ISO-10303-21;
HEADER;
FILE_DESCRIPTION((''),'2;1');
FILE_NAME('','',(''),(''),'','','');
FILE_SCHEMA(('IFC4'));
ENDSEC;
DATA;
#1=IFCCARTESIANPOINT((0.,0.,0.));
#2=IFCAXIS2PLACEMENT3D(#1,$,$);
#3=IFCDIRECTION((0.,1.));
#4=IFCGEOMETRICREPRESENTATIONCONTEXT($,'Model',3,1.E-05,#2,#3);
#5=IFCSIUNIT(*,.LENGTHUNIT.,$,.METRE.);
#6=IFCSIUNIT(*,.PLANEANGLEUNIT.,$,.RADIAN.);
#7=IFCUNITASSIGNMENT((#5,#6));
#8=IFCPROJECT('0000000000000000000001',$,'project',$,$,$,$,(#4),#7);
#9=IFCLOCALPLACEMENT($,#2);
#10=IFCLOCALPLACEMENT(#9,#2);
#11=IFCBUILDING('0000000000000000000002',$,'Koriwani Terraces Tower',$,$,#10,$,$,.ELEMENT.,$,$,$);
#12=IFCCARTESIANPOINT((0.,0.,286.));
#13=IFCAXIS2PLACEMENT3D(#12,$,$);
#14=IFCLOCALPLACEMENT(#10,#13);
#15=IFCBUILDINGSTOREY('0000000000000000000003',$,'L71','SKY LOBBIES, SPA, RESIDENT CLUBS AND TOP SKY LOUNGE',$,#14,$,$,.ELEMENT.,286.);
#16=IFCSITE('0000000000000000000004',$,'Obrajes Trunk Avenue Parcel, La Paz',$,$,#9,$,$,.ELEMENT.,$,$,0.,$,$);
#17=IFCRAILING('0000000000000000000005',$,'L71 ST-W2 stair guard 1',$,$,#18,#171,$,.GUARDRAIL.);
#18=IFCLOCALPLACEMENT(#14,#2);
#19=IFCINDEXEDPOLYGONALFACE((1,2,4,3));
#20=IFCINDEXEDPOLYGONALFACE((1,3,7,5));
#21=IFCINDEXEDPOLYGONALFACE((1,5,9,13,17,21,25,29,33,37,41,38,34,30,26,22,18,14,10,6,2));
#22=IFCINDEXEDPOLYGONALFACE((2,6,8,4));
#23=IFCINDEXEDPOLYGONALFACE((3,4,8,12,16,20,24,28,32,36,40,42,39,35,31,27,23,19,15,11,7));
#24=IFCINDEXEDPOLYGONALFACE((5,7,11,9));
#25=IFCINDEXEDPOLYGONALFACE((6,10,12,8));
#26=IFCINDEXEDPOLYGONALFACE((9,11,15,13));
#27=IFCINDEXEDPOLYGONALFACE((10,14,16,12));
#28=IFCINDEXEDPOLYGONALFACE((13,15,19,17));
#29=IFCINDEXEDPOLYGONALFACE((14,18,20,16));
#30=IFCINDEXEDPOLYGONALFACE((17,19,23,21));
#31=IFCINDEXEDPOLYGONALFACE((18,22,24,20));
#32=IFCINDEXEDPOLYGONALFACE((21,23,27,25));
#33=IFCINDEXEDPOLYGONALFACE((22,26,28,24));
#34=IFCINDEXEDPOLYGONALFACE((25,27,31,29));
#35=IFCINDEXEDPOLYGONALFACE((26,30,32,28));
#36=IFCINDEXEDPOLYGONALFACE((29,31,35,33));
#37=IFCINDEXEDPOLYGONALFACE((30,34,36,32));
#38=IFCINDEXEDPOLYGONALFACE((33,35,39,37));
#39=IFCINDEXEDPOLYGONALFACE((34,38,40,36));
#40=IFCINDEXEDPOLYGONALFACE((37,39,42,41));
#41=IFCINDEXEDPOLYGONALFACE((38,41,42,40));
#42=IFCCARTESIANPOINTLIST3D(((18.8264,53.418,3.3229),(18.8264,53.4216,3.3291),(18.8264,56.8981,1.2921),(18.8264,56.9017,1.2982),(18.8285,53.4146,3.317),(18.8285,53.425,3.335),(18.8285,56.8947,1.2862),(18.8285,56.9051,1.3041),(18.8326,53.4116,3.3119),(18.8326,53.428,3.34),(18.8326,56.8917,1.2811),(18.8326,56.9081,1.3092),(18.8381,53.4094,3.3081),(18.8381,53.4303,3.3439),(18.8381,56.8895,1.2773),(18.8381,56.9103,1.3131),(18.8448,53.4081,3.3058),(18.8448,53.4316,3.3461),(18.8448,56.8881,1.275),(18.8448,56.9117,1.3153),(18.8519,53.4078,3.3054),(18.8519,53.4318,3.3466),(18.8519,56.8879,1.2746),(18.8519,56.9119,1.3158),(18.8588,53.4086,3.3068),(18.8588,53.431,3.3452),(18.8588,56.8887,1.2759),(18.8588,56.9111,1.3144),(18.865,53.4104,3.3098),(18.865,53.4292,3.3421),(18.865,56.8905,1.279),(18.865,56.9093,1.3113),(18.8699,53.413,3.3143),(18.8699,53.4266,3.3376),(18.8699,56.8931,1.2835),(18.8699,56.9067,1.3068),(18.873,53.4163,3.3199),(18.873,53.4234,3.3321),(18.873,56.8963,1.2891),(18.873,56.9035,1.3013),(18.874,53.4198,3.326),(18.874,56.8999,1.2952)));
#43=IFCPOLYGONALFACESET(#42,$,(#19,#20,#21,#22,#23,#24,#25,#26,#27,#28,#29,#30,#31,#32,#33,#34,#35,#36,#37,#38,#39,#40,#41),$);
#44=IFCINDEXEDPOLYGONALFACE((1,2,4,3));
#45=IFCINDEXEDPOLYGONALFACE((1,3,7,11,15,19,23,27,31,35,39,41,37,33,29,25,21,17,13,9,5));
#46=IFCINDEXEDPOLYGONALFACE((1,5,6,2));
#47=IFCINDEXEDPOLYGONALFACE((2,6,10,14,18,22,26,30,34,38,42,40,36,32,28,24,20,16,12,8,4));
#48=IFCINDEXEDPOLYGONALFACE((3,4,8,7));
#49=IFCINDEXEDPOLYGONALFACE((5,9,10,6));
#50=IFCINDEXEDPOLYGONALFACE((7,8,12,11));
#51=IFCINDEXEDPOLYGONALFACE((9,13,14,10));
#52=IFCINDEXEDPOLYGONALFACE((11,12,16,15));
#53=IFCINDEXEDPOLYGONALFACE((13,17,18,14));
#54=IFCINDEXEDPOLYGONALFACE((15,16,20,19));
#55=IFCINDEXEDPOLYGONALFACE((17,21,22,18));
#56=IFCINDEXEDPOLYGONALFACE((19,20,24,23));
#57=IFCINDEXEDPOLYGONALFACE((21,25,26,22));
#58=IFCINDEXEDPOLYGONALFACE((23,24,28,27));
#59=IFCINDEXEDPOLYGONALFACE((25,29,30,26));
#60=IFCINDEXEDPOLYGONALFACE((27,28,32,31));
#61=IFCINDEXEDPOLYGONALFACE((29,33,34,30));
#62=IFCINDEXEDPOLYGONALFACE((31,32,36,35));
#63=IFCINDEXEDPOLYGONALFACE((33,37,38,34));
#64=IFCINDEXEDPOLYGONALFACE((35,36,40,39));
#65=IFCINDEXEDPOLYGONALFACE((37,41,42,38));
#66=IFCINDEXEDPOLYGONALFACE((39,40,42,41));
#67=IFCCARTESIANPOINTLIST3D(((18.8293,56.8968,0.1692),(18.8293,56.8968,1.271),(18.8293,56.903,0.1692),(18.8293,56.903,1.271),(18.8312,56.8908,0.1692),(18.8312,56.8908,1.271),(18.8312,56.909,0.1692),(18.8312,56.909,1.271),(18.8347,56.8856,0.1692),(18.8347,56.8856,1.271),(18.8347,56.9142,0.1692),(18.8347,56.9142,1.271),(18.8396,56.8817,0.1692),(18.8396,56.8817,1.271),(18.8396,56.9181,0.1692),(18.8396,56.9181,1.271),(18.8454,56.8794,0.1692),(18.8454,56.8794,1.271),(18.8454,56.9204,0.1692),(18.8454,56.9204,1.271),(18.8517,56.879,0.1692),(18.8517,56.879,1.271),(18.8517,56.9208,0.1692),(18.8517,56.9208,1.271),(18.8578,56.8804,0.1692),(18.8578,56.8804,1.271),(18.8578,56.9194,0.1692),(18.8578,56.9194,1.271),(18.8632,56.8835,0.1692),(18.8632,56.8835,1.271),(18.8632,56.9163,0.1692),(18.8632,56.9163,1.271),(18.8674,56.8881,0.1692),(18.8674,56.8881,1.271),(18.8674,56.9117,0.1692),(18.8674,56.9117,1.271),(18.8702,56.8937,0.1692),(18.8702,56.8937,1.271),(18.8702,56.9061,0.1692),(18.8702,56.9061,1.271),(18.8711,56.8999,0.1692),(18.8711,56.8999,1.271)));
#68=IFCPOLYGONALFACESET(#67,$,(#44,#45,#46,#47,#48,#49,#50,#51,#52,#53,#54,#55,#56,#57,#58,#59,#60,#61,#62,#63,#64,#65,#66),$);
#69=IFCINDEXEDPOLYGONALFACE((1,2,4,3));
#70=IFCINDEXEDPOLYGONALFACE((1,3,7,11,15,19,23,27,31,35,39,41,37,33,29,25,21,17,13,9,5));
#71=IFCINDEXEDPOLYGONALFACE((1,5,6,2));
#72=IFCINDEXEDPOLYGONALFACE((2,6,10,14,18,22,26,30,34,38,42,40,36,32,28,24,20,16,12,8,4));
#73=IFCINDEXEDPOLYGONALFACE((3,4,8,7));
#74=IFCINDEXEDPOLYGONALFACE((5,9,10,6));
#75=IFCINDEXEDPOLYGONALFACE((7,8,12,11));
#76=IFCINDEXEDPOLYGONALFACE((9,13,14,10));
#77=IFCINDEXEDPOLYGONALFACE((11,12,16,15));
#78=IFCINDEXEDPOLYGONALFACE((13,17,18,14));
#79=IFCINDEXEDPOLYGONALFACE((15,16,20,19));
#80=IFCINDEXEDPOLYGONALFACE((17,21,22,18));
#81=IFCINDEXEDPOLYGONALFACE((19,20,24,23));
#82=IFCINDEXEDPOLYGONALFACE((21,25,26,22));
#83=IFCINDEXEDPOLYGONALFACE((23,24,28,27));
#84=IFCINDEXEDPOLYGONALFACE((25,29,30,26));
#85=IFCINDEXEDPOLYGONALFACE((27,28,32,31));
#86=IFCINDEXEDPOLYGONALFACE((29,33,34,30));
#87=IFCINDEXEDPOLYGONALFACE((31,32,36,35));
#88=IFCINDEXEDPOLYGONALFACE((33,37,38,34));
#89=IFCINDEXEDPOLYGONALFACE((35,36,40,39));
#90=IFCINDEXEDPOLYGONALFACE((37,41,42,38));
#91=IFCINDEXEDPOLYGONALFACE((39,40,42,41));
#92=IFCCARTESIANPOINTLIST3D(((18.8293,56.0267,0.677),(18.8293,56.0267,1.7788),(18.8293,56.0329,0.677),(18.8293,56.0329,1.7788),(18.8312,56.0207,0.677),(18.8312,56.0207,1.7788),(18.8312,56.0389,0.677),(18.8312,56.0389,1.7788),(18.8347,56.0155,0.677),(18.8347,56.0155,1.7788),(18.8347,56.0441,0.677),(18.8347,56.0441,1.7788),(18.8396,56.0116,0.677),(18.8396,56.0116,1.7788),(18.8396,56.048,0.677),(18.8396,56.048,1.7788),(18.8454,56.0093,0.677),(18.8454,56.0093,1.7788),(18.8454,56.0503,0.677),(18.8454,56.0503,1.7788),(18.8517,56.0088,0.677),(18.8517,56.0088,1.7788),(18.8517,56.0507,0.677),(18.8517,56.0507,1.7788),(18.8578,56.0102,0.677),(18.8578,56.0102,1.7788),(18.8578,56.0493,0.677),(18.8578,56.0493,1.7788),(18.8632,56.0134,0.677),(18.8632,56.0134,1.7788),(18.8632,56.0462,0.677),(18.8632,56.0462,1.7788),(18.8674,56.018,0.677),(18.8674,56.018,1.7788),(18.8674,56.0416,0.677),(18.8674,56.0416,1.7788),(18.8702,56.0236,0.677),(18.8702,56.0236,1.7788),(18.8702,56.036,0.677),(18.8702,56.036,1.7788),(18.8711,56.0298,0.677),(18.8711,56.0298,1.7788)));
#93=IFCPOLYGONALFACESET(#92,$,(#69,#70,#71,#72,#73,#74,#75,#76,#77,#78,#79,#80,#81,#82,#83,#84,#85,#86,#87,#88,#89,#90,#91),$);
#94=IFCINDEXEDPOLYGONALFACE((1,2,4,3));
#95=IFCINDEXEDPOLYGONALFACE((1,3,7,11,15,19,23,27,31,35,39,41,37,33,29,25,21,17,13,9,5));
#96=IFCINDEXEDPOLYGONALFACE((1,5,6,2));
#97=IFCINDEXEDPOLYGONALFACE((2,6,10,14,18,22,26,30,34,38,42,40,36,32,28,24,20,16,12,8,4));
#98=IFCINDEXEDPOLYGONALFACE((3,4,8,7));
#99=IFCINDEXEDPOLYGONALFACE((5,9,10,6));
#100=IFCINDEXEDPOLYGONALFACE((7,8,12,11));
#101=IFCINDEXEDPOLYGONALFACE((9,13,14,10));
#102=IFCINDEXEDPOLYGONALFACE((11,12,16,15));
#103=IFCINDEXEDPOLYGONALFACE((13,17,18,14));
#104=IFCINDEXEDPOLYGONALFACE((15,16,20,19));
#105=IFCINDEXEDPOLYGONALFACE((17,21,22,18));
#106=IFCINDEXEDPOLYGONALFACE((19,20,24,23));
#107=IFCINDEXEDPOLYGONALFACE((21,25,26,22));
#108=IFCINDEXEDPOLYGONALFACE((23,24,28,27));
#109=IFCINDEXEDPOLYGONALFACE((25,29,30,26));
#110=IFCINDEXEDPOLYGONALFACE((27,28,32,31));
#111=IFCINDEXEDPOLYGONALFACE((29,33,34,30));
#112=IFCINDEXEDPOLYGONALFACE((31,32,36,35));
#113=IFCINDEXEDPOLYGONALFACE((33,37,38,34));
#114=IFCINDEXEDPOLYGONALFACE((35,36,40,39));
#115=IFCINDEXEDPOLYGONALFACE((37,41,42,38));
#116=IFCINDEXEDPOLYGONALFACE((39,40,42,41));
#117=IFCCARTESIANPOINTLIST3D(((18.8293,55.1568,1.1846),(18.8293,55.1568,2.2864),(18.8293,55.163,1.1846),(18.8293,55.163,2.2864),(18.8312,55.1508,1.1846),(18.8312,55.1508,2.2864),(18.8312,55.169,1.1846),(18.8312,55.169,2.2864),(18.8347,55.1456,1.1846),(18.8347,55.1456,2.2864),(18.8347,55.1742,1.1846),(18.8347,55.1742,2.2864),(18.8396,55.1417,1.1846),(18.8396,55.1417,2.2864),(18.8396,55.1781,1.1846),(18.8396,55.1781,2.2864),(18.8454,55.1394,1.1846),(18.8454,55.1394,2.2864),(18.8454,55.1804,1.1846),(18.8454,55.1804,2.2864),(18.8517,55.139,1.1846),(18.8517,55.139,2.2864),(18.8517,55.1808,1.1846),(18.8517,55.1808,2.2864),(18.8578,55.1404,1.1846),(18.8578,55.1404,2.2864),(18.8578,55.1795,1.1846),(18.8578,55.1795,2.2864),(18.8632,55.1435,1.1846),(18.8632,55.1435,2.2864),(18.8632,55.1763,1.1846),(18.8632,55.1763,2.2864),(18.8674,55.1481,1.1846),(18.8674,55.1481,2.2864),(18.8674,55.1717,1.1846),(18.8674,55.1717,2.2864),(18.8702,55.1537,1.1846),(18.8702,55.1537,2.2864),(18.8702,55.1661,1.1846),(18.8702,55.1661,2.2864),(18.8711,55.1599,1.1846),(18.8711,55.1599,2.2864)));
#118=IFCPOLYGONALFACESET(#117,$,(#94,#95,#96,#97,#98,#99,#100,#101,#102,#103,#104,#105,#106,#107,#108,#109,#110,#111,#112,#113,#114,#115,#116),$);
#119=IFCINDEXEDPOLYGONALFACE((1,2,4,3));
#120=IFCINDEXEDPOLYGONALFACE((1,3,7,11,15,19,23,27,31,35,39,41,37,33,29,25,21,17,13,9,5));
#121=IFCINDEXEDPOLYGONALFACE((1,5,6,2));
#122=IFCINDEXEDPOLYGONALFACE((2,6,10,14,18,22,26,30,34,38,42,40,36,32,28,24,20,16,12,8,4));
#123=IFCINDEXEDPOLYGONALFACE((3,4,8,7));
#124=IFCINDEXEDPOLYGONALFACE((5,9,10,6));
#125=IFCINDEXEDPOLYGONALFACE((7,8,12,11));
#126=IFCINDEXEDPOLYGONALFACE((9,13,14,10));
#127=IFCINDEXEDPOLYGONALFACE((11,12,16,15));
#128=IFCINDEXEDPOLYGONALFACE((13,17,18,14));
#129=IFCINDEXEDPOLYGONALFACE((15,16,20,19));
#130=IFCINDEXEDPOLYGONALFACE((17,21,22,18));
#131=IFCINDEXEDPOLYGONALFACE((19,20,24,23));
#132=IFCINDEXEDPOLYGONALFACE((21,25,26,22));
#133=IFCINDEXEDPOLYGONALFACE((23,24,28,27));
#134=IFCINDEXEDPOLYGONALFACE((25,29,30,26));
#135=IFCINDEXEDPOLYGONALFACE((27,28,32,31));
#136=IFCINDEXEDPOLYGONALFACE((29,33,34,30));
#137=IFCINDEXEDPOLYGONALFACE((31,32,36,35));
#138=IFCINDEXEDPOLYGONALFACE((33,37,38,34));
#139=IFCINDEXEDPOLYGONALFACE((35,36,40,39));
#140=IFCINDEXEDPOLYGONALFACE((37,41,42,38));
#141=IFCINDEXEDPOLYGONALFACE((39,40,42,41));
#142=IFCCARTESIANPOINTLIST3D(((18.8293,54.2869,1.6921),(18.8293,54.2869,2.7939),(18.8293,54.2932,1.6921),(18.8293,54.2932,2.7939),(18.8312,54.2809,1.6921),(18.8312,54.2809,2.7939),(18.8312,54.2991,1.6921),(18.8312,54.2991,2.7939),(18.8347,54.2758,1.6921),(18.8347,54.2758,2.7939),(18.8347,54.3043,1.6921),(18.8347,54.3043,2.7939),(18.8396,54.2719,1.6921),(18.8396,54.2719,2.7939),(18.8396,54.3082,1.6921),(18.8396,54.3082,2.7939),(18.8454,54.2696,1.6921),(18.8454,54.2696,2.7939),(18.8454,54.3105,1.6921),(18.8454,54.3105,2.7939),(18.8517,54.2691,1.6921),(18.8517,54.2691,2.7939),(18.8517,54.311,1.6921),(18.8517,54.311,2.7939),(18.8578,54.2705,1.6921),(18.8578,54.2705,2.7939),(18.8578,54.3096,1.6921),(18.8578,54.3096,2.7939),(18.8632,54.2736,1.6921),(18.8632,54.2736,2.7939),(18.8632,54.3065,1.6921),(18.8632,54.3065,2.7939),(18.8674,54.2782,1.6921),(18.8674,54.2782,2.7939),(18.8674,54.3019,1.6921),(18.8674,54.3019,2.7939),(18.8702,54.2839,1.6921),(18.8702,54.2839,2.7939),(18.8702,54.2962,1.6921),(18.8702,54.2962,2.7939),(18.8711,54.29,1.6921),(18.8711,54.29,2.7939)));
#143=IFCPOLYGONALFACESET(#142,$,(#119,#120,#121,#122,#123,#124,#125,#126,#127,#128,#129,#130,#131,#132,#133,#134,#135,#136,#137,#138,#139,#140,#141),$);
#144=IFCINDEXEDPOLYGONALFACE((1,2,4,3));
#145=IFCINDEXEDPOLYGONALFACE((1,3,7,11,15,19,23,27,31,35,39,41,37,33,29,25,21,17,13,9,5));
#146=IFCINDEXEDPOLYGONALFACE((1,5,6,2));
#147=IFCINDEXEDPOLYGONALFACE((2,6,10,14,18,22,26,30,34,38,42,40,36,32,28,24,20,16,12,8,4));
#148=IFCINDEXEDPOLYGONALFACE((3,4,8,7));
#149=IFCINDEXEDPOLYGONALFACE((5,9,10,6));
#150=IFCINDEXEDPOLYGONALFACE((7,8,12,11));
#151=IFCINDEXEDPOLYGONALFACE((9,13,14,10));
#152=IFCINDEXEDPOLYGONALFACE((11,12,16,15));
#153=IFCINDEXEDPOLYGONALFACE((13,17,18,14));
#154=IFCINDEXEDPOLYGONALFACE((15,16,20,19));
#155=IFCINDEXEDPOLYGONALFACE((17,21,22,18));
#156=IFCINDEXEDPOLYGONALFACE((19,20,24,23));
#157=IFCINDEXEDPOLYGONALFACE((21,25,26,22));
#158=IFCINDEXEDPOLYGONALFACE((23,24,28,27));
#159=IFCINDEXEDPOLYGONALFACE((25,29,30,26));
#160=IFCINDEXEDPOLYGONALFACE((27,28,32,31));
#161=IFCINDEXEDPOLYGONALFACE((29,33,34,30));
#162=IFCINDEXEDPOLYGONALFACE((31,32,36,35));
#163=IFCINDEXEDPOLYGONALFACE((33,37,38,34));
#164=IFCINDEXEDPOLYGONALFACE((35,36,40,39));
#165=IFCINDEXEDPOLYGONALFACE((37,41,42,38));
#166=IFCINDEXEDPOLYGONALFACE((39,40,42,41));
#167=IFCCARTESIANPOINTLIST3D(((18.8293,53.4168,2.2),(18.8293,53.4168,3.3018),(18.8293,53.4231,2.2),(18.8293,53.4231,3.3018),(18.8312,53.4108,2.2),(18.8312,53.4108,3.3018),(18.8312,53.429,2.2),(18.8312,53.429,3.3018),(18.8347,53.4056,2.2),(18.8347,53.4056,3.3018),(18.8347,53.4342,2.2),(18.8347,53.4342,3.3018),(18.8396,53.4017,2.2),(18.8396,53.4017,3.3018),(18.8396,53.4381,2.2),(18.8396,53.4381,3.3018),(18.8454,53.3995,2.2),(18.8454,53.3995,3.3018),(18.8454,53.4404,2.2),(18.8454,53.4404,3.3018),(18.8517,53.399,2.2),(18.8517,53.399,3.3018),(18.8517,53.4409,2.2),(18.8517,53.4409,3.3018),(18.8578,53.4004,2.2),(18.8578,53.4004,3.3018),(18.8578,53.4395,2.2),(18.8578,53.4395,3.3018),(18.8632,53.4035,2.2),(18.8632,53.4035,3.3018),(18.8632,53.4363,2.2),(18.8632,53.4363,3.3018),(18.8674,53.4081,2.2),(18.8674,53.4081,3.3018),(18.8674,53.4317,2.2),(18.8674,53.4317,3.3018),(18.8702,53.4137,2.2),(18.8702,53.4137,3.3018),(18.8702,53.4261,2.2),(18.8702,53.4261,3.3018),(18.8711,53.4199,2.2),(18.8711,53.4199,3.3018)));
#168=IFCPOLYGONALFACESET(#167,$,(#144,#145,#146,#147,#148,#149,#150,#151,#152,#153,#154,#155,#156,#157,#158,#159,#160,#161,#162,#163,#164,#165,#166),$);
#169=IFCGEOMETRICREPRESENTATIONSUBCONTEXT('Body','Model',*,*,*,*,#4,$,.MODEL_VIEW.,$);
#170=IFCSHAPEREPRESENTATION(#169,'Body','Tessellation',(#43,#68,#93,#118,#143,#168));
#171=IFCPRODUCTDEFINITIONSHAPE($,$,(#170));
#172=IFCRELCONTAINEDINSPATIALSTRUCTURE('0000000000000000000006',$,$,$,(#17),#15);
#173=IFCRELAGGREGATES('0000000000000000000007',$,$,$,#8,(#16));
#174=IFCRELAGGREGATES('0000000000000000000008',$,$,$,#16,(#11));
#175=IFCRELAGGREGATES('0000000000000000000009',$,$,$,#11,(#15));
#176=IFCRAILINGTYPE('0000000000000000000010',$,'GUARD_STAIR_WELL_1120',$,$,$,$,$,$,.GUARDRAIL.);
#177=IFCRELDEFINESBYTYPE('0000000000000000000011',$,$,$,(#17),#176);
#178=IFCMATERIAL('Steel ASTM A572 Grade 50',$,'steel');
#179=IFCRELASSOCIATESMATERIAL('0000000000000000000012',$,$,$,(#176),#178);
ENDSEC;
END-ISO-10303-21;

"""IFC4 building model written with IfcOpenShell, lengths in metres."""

from ifc_helpers import new_model, si_unit, direction, frame, origin, origin_2d, place, context, subcontext, project, spatial, circle, extrude, material, type_object, element, save


model = new_model("IFC4")

# Units and contexts
model_context = context("Model", 3, precision=1e-05, world=origin(), true_north=direction((0.0, 1.0)))
body_context = subcontext(model_context, "Body", "Model", "MODEL_VIEW")
ifc_project = project(units=[si_unit("LENGTHUNIT", "METRE"), si_unit("PLANEANGLEUNIT", "RADIAN")], contexts=[model_context])

# Site, building, storey
site_placement = place(None, origin())
site = spatial("IfcSite", under=ifc_project, at=site_placement, Name="Obrajes Trunk Avenue Parcel, La Paz", CompositionType="ELEMENT", RefElevation=0.0)
building_placement = place(site_placement, origin())
building = spatial("IfcBuilding", under=site, at=building_placement, Name="Koriwani Terraces Tower", CompositionType="ELEMENT")
storey_placement = place(building_placement, frame((0.0, 0.0, 286.0)))
storey = spatial("IfcBuildingStorey", under=building, at=storey_placement, Name="L71", Description="SKY LOBBIES, SPA, RESIDENT CLUBS AND TOP SKY LOUNGE", CompositionType="ELEMENT", Elevation=286.0)

# Shared definitions
ifc_material_1 = material(Name="Steel ASTM A572 Grade 50", Category="steel")

# Railing
railing_type_1 = type_object("IfcRailingType", Name="GUARD_STAIR_WELL_1120", PredefinedType="GUARDRAIL", material=ifc_material_1)
for number, where, name in (
    (1, (18.8501, 56.8999, 0.1692), "L71 ST-W2 stair guard 1"),
):
    element("IfcRailing", number, at=place(storey_placement, frame(where)), inside=storey, type_object=railing_type_1, Name=name, PredefinedType="GUARDRAIL", context=body_context, shape_type="SweptSolid", body=[
        extrude(circle(Radius=0.0239, at=origin_2d()), frame((0.0, 0.0, 1.126), z_axis=(0.0, -0.863695, 0.504014), x_axis=(1.0, 0.0, 0.0)), (0.0, 0.0, 1.0), 4.0293),
        extrude(circle(Radius=0.021, at=origin_2d()), origin(), (0.0, 0.0, 1.0), 1.1018),
        extrude(circle(Radius=0.021, at=origin_2d()), frame((0.0, -0.8701, 0.5078)), (0.0, 0.0, 1.0), 1.1018),
        extrude(circle(Radius=0.021, at=origin_2d()), frame((0.0, -1.74, 1.0154)), (0.0, 0.0, 1.0), 1.1018),
        extrude(circle(Radius=0.021, at=origin_2d()), frame((0.0, -2.6099, 1.5229)), (0.0, 0.0, 1.0), 1.1018),
        extrude(circle(Radius=0.021, at=origin_2d()), frame((0.0, -3.48, 2.0308)), (0.0, 0.0, 1.0), 1.1018),
    ])

save(model, "model.ifc")
